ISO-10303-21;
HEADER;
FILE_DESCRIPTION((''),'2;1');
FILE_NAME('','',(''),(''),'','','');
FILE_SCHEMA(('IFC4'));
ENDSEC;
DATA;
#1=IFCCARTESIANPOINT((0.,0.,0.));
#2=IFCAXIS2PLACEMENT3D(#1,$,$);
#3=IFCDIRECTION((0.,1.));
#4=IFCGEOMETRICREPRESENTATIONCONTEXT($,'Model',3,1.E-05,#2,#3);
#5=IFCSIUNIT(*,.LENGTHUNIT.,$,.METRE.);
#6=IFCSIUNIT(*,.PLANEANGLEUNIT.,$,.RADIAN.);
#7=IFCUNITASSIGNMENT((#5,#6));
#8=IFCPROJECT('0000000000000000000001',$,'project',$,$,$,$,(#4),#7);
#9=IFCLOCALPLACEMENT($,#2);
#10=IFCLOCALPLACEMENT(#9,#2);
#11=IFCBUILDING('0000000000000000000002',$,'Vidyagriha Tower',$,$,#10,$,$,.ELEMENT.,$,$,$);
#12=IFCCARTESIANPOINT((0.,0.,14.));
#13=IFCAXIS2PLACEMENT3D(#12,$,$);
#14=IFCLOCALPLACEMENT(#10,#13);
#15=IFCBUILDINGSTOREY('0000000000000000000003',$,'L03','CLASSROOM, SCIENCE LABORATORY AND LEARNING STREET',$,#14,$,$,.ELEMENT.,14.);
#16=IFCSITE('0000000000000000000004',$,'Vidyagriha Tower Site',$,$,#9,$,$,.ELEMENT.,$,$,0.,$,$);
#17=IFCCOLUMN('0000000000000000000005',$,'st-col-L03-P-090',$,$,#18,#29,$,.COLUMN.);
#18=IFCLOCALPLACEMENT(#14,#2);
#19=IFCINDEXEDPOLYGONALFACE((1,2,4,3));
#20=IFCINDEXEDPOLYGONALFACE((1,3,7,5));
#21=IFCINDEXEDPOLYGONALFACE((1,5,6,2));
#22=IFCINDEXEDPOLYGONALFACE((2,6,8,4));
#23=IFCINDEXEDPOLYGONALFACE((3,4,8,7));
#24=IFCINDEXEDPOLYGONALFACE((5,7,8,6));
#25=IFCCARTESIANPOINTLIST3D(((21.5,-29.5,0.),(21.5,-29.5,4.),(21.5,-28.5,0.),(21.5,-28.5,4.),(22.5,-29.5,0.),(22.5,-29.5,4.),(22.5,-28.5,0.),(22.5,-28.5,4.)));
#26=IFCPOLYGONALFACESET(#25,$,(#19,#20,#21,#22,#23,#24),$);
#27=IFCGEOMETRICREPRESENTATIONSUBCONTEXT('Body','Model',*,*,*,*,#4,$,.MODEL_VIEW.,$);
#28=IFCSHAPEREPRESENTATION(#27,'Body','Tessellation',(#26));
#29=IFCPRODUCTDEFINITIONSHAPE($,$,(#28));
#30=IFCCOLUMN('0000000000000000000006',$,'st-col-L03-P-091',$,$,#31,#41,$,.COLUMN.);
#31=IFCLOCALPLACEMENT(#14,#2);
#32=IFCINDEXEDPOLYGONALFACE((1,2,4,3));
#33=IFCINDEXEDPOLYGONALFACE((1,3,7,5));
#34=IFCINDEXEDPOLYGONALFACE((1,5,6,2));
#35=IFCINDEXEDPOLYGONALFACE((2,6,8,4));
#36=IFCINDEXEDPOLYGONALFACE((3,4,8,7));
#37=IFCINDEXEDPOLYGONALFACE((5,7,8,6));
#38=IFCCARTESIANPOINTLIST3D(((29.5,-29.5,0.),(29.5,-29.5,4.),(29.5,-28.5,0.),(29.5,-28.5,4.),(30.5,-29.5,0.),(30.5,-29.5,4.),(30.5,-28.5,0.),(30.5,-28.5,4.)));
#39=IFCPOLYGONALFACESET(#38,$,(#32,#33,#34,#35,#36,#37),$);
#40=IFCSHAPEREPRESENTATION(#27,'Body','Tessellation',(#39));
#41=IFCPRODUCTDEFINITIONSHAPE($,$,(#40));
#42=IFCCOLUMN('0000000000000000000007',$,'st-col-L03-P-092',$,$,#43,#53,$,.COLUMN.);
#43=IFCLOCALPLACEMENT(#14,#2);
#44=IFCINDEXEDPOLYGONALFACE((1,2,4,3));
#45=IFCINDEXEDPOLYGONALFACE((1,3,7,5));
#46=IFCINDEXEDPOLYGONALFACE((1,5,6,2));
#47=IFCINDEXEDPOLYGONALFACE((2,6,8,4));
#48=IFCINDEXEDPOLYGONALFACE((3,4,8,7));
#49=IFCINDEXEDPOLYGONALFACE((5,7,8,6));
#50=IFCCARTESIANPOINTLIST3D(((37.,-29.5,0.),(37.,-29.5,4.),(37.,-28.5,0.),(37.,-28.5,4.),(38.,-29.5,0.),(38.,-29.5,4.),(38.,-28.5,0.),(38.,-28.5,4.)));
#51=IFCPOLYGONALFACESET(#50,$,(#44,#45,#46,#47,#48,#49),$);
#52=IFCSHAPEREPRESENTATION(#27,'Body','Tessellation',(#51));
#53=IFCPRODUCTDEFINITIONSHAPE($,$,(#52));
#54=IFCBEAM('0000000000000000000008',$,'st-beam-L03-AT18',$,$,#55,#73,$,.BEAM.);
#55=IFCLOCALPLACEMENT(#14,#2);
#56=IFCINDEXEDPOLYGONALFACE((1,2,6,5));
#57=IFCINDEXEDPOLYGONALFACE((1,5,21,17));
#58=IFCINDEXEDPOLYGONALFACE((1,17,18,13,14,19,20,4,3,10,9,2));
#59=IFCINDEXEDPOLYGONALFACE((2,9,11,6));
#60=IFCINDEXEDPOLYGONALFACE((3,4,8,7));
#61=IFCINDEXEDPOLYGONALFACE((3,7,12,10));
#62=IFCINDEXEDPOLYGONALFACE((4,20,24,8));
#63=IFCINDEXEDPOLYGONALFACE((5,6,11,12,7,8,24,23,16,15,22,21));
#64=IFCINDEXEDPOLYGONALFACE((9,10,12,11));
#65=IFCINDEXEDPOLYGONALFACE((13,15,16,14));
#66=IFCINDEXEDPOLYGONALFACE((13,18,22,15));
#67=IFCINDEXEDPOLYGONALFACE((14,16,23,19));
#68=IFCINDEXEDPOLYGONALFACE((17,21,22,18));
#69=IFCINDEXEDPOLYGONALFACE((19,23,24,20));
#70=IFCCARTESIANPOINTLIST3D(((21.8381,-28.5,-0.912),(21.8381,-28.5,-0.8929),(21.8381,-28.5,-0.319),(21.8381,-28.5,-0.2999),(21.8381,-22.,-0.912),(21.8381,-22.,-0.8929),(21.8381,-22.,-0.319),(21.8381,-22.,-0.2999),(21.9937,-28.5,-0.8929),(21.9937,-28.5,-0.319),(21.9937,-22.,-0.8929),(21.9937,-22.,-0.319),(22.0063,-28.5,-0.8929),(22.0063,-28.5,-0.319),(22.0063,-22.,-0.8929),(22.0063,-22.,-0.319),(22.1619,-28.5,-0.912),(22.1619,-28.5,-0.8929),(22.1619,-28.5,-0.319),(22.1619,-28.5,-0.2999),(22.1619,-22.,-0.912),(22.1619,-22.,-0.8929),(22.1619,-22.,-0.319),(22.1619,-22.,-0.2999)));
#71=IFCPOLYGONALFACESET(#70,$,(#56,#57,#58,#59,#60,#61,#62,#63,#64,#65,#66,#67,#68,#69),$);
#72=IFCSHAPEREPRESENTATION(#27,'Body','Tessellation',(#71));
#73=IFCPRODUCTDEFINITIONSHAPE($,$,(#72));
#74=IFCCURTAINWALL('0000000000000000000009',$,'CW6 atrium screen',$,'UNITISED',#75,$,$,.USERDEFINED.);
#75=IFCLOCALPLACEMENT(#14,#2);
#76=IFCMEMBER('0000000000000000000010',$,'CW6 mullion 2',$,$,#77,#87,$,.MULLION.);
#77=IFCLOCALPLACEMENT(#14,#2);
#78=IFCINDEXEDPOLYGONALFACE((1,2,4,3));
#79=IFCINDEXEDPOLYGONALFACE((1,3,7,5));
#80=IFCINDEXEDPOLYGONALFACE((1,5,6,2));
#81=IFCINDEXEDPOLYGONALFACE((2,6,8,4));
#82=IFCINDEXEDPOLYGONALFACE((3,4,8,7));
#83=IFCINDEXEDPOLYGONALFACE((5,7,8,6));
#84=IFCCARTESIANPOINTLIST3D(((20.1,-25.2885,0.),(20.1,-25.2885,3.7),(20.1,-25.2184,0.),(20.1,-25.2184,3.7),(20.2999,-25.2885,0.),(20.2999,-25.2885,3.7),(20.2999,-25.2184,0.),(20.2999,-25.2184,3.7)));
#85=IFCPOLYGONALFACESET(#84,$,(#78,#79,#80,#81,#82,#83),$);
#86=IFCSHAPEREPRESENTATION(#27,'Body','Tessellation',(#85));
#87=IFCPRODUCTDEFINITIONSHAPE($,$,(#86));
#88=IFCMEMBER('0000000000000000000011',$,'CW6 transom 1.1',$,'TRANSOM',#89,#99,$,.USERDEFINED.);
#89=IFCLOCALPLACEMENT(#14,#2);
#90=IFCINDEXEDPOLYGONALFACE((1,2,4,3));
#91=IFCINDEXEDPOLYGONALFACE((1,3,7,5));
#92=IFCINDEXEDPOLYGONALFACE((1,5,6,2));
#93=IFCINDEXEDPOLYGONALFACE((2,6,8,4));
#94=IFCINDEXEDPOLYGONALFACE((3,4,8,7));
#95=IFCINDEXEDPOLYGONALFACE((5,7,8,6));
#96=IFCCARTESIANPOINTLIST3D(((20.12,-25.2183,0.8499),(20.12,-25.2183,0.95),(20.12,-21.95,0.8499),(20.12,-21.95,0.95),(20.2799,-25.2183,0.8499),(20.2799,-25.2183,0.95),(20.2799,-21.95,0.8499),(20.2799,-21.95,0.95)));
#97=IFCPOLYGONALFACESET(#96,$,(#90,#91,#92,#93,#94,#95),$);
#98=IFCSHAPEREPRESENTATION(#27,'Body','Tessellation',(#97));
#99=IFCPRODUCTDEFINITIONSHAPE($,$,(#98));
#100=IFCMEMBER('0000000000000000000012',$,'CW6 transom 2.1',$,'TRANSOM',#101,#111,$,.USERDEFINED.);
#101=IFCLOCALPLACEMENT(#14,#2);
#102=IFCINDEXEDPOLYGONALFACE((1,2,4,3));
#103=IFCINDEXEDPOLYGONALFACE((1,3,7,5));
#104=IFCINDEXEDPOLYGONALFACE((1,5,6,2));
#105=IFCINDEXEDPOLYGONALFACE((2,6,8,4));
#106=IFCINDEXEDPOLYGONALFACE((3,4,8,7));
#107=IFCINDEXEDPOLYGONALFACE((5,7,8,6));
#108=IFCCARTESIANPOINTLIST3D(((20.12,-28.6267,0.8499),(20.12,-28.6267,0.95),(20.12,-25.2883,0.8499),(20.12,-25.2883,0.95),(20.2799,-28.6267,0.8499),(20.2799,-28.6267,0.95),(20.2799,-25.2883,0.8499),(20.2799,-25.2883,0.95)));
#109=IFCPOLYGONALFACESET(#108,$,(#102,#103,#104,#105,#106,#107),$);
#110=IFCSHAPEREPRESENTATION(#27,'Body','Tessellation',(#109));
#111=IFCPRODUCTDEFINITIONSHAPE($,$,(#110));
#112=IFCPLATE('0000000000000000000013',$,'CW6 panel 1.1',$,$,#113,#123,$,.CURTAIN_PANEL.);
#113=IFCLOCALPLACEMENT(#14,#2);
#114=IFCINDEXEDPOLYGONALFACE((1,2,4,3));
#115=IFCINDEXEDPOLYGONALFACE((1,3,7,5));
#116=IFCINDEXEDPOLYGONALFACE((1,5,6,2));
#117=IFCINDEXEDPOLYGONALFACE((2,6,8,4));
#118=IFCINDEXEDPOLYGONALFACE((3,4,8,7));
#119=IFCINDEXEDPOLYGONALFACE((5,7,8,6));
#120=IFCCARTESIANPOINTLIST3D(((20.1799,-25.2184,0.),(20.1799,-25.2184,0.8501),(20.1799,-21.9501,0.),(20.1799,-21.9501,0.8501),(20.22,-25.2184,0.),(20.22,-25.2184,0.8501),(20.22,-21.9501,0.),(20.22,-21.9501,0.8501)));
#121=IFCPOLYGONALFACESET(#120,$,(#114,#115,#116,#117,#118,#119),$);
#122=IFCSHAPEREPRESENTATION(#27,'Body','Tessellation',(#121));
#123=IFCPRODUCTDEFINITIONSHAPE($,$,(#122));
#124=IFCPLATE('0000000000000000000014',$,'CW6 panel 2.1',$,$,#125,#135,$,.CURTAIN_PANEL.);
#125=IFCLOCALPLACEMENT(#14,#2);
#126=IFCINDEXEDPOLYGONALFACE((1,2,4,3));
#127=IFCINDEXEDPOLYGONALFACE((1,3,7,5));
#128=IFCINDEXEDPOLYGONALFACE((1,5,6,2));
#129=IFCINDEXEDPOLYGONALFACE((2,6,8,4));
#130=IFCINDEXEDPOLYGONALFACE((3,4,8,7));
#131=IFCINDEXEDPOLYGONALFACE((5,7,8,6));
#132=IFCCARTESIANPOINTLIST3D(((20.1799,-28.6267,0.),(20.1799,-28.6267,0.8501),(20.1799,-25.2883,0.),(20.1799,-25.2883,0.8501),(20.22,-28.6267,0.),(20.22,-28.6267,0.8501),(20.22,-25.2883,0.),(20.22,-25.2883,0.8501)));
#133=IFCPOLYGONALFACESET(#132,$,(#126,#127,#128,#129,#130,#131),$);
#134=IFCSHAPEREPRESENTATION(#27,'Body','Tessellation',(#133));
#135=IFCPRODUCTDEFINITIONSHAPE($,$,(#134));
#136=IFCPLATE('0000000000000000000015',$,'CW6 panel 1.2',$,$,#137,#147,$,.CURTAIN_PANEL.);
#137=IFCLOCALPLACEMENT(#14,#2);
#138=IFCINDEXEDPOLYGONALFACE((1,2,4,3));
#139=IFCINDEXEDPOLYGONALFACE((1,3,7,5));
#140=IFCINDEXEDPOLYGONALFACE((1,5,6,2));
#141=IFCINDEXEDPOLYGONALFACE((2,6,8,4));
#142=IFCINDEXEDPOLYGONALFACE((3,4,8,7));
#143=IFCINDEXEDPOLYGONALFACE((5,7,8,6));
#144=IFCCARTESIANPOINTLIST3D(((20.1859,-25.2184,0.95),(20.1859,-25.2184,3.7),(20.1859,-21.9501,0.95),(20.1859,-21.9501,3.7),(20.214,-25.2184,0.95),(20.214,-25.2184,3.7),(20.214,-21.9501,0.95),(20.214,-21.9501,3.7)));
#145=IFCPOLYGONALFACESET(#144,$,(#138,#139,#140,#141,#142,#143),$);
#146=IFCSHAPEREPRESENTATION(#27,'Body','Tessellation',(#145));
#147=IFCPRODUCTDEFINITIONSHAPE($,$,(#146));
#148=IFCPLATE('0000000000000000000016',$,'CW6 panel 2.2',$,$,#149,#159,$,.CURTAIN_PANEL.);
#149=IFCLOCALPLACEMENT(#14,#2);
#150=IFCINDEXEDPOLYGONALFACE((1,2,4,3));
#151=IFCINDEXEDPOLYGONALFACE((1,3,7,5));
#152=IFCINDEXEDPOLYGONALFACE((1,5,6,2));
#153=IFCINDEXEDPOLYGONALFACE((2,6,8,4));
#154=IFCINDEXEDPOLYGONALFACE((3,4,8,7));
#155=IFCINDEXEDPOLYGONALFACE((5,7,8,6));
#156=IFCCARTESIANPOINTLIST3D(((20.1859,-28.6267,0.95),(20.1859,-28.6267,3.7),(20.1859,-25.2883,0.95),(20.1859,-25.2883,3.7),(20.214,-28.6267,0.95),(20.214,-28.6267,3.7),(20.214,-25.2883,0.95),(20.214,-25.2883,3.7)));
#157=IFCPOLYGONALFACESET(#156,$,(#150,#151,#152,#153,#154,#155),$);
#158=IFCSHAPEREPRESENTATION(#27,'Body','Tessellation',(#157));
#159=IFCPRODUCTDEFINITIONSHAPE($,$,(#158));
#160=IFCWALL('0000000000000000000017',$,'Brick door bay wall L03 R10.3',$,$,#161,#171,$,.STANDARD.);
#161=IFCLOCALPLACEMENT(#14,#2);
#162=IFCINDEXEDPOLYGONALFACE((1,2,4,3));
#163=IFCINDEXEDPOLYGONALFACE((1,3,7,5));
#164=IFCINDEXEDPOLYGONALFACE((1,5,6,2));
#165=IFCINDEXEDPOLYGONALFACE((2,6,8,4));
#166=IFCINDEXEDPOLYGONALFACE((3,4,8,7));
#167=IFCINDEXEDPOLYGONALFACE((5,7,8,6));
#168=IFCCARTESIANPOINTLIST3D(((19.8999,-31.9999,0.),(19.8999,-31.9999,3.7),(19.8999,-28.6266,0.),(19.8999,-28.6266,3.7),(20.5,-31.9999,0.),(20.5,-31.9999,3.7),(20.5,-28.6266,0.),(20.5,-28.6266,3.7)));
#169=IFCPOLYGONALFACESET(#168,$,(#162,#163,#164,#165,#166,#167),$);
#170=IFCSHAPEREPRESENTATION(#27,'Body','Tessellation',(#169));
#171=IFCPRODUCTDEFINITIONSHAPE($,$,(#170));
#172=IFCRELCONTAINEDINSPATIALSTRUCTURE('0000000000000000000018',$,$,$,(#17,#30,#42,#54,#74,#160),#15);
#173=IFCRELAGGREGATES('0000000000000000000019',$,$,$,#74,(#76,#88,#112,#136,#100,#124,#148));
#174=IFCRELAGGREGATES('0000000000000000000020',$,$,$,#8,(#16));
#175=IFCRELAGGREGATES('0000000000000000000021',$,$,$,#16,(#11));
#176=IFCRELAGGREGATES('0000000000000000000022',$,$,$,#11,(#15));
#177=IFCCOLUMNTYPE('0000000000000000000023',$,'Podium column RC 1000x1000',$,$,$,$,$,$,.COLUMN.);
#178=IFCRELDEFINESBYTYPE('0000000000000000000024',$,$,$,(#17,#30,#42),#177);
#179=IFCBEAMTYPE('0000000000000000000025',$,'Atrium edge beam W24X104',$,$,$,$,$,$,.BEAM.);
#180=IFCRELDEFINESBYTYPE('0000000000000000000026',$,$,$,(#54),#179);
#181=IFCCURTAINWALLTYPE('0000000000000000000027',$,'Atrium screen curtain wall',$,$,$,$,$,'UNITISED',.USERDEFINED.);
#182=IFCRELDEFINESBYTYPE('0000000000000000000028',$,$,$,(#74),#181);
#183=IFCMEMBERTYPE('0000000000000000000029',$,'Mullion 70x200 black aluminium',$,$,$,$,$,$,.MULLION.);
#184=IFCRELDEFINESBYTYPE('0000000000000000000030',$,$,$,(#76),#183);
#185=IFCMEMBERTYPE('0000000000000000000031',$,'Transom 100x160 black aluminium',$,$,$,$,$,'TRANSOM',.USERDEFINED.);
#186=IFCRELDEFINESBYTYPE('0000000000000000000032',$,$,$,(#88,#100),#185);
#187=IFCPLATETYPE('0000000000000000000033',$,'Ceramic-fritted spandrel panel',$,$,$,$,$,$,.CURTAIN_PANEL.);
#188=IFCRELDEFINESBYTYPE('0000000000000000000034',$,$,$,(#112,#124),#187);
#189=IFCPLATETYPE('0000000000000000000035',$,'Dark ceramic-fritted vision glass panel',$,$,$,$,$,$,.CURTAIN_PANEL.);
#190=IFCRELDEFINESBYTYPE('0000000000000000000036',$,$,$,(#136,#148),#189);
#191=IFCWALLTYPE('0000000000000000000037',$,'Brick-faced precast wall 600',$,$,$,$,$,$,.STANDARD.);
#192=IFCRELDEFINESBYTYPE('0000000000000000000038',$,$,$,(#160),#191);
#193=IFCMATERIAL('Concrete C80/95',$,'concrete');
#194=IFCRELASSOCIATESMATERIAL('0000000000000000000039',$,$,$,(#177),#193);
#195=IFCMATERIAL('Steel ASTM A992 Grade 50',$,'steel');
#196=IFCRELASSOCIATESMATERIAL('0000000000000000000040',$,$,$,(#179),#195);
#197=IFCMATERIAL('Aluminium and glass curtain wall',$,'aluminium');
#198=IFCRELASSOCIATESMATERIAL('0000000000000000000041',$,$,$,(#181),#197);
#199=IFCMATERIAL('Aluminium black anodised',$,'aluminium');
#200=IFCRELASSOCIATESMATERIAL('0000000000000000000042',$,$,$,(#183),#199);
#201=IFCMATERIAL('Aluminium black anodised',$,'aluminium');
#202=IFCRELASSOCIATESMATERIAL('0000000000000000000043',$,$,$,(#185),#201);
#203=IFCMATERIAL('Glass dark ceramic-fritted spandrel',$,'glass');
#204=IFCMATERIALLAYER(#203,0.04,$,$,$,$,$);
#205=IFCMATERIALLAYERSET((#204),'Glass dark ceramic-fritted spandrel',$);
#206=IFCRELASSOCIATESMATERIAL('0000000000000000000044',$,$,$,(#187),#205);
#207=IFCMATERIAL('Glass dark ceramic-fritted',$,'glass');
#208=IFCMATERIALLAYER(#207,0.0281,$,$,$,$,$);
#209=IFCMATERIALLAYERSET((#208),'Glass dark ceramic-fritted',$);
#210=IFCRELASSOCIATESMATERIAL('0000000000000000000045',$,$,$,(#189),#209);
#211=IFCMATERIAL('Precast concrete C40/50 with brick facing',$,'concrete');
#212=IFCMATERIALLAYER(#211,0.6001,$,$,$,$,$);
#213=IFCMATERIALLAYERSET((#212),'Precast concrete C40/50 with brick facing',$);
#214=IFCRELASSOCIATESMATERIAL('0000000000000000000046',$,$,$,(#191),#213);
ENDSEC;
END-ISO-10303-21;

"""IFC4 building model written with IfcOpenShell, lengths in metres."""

from ifc_helpers import new_model, si_unit, direction, frame, frame_2d, origin, origin_2d, place, context, subcontext, project, spatial, rectangle, i_section, extrude, material, layer, layer_set, material_profile, profile_set, type_object, element, aggregate, save


model = new_model("IFC4")

# Units and contexts
model_context = context("Model", 3, precision=1e-05, world=origin(), true_north=direction((0.0, 1.0)))
body_context = subcontext(model_context, "Body", "Model", "MODEL_VIEW")
ifc_project = project(units=[si_unit("LENGTHUNIT", "METRE"), si_unit("PLANEANGLEUNIT", "RADIAN")], contexts=[model_context])

# Site, building, storey
site_placement = place(None, origin())
site = spatial("IfcSite", under=ifc_project, at=site_placement, Name="Vidyagriha Tower Site", CompositionType="ELEMENT", RefElevation=0.0)
building_placement = place(site_placement, origin())
building = spatial("IfcBuilding", under=site, at=building_placement, Name="Vidyagriha Tower", CompositionType="ELEMENT")
storey_placement = place(building_placement, frame((0.0, 0.0, 14.0)))
storey = spatial("IfcBuildingStorey", under=building, at=storey_placement, Name="L03", Description="CLASSROOM, SCIENCE LABORATORY AND LEARNING STREET", CompositionType="ELEMENT", Elevation=14.0)

# Columns
ifc_material_1 = material(Name="Concrete C80/95", Category="concrete")
ifc_material_profile_1 = material_profile(ifc_material_1, rectangle(XDim=1.0, YDim=1.0, at=origin_2d()), Name="RC 1000x1000")
ifc_profile_set_1 = profile_set([ifc_material_profile_1], Name="Concrete C80/95")
column_type = type_object("IfcColumnType", Name="Podium column RC 1000x1000", PredefinedType="COLUMN", material=ifc_profile_set_1)
for number, where, name in (
    (1, (22.0, -29.0, 0.0), "st-col-L03-P-090"),
    (2, (30.0, -29.0, 0.0), "st-col-L03-P-091"),
    (3, (37.5, -29.0, 0.0), "st-col-L03-P-092"),
):
    element("IfcColumn", number, at=place(storey_placement, frame(where)), inside=storey, type_object=column_type, Name=name, PredefinedType="COLUMN", context=body_context, shape_type="SweptSolid", body=[
        extrude(rectangle(XDim=1.0, YDim=1.0, at=origin_2d()), origin(), (0.0, 0.0, 1.0), 4.0),
    ])

# Beam
ifc_material_2 = material(Name="Steel ASTM A992 Grade 50", Category="steel")
ifc_material_profile_2 = material_profile(ifc_material_2, i_section(OverallWidth=0.3237, OverallDepth=0.6121, WebThickness=0.0127, FlangeThickness=0.019, at=origin_2d()), Name="W24X104")
ifc_profile_set_2 = profile_set([ifc_material_profile_2], Name="Steel ASTM A992 Grade 50")
beam_type = type_object("IfcBeamType", Name="Atrium edge beam W24X104", PredefinedType="BEAM", material=ifc_profile_set_2)
beam_placement = place(storey_placement, frame((22.0, -28.5, -0.606), z_axis=(0.0, 1.0, 0.0), x_axis=(-1.0, 0.0, 0.0)))
element("IfcBeam", 4, at=beam_placement, inside=storey, type_object=beam_type, Name="st-beam-L03-AT18", PredefinedType="BEAM", context=body_context, shape_type="SweptSolid", body=[
    extrude(i_section(OverallWidth=0.3237, OverallDepth=0.6121, WebThickness=0.0127, FlangeThickness=0.019, at=origin_2d()), origin(), (0.0, 0.0, 1.0), 6.5),
])

# Curtain wall, members, plates
ifc_material_3 = material(Name="Aluminium and glass curtain wall", Category="aluminium")
curtain_wall_type = type_object("IfcCurtainWallType", Name="Atrium screen curtain wall", ElementType="UNITISED", PredefinedType="USERDEFINED", material=ifc_material_3)
curtain_wall_placement = place(storey_placement, origin())
curtain_wall = element("IfcCurtainWall", 5, at=curtain_wall_placement, inside=storey, type_object=curtain_wall_type, Name="CW6 atrium screen", ObjectType="UNITISED", PredefinedType="USERDEFINED")
ifc_material_4 = material(Name="Aluminium black anodised", Category="aluminium")
ifc_material_profile_3 = material_profile(ifc_material_4, rectangle(XDim=0.2, YDim=0.0701, at=origin_2d()), Name="Mullion 70x200 black aluminium")
ifc_profile_set_3 = profile_set([ifc_material_profile_3], Name="Aluminium black anodised")
member_type_1 = type_object("IfcMemberType", Name="Mullion 70x200 black aluminium", PredefinedType="MULLION", material=ifc_profile_set_3)
member_1_placement = place(storey_placement, frame((20.2, -25.2534, 0.0)))
member_1 = element("IfcMember", 6, at=member_1_placement, type_object=member_type_1, Name="CW6 mullion 2", PredefinedType="MULLION", context=body_context, shape_type="SweptSolid", body=[
    extrude(rectangle(XDim=0.2, YDim=0.0701, at=origin_2d()), origin(), (0.0, 0.0, 1.0), 3.7),
])
ifc_material_5 = material(Name="Aluminium black anodised", Category="aluminium")
ifc_material_profile_4 = material_profile(ifc_material_5, rectangle(XDim=0.1599, YDim=0.1001, at=origin_2d()), Name="Transom 100x160 black aluminium")
ifc_profile_set_4 = profile_set([ifc_material_profile_4], Name="Aluminium black anodised")
member_type_2 = type_object("IfcMemberType", Name="Transom 100x160 black aluminium", ElementType="TRANSOM", PredefinedType="USERDEFINED", material=ifc_profile_set_4)
member_2_placement = place(storey_placement, frame((20.2, -21.95, 0.8999), z_axis=(0.0, -1.0, 0.0), x_axis=(1.0, 0.0, 0.0)))
member_2 = element("IfcMember", 7, at=member_2_placement, type_object=member_type_2, Name="CW6 transom 1.1", ObjectType="TRANSOM", PredefinedType="USERDEFINED", context=body_context, shape_type="SweptSolid", body=[
    extrude(rectangle(XDim=0.1599, YDim=0.1001, at=origin_2d()), origin(), (0.0, 0.0, 1.0), 3.2683),
])
member_3_placement = place(storey_placement, frame((20.2, -25.2883, 0.8999), z_axis=(0.0, -1.0, 0.0), x_axis=(1.0, 0.0, 0.0)))
member_3 = element("IfcMember", 8, at=member_3_placement, type_object=member_type_2, Name="CW6 transom 2.1", ObjectType="TRANSOM", PredefinedType="USERDEFINED", context=body_context, shape_type="SweptSolid", body=[
    extrude(rectangle(XDim=0.1599, YDim=0.1001, at=origin_2d()), origin(), (0.0, 0.0, 1.0), 3.3384),
])
ifc_material_6 = material(Name="Glass dark ceramic-fritted spandrel", Category="glass")
ifc_layer_1 = layer(ifc_material_6, 0.04)
ifc_layer_set_1 = layer_set([ifc_layer_1], Name="Glass dark ceramic-fritted spandrel")
plate_type_1 = type_object("IfcPlateType", Name="Ceramic-fritted spandrel panel", PredefinedType="CURTAIN_PANEL", material=ifc_layer_set_1)
plate_1_placement = place(storey_placement, frame((20.2, -23.5842, 0.0), z_axis=(0.0, 0.0, 1.0), x_axis=(0.0, -1.0, 0.0)))
plate_1 = element("IfcPlate", 9, at=plate_1_placement, type_object=plate_type_1, Name="CW6 panel 1.1", PredefinedType="CURTAIN_PANEL", context=body_context, shape_type="SweptSolid", body=[
    extrude(rectangle(XDim=3.2683, YDim=0.04, at=origin_2d()), origin(), (0.0, 0.0, 1.0), 0.8501),
])
plate_2_placement = place(storey_placement, frame((20.2, -26.9575, 0.0), z_axis=(0.0, 0.0, 1.0), x_axis=(0.0, -1.0, 0.0)))
plate_2 = element("IfcPlate", 10, at=plate_2_placement, type_object=plate_type_1, Name="CW6 panel 2.1", PredefinedType="CURTAIN_PANEL", context=body_context, shape_type="SweptSolid", body=[
    extrude(rectangle(XDim=3.3384, YDim=0.04, at=origin_2d()), origin(), (0.0, 0.0, 1.0), 0.8501),
])
ifc_material_7 = material(Name="Glass dark ceramic-fritted", Category="glass")
ifc_layer_2 = layer(ifc_material_7, 0.0281)
ifc_layer_set_2 = layer_set([ifc_layer_2], Name="Glass dark ceramic-fritted")
plate_type_2 = type_object("IfcPlateType", Name="Dark ceramic-fritted vision glass panel", PredefinedType="CURTAIN_PANEL", material=ifc_layer_set_2)
plate_3_placement = place(storey_placement, frame((20.2, -23.5842, 0.95), z_axis=(0.0, 0.0, 1.0), x_axis=(0.0, -1.0, 0.0)))
plate_3 = element("IfcPlate", 11, at=plate_3_placement, type_object=plate_type_2, Name="CW6 panel 1.2", PredefinedType="CURTAIN_PANEL", context=body_context, shape_type="SweptSolid", body=[
    extrude(rectangle(XDim=3.2683, YDim=0.0281, at=origin_2d()), origin(), (0.0, 0.0, 1.0), 2.75),
])
plate_4_placement = place(storey_placement, frame((20.2, -26.9575, 0.95), z_axis=(0.0, 0.0, 1.0), x_axis=(0.0, -1.0, 0.0)))
plate_4 = element("IfcPlate", 12, at=plate_4_placement, type_object=plate_type_2, Name="CW6 panel 2.2", PredefinedType="CURTAIN_PANEL", context=body_context, shape_type="SweptSolid", body=[
    extrude(rectangle(XDim=3.3384, YDim=0.0281, at=origin_2d()), origin(), (0.0, 0.0, 1.0), 2.75),
])
aggregate(curtain_wall, [member_1, member_2, plate_1, plate_3, member_3, plate_2, plate_4])

# Wall
ifc_material_8 = material(Name="Precast concrete C40/50 with brick facing", Category="concrete")
ifc_layer_3 = layer(ifc_material_8, 0.6001)
ifc_layer_set_3 = layer_set([ifc_layer_3], Name="Precast concrete C40/50 with brick facing")
wall_type_1 = type_object("IfcWallType", Name="Brick-faced precast wall 600", PredefinedType="STANDARD", material=ifc_layer_set_3)
wall_1_placement = place(storey_placement, frame((20.2, -28.6267, 0.0), z_axis=(0.0, 0.0, 1.0), x_axis=(0.0, -1.0, 0.0)))
element("IfcWall", 13, at=wall_1_placement, inside=storey, type_object=wall_type_1, Name="Brick door bay wall L03 R10.3", PredefinedType="STANDARD", context=body_context, shape_type="SweptSolid", body=[
    extrude(rectangle(XDim=3.3733, YDim=0.6001, at=frame_2d((1.6865, 0.0))), origin(), (0.0, 0.0, 1.0), 3.7),
])

save(model, "model.ifc")
